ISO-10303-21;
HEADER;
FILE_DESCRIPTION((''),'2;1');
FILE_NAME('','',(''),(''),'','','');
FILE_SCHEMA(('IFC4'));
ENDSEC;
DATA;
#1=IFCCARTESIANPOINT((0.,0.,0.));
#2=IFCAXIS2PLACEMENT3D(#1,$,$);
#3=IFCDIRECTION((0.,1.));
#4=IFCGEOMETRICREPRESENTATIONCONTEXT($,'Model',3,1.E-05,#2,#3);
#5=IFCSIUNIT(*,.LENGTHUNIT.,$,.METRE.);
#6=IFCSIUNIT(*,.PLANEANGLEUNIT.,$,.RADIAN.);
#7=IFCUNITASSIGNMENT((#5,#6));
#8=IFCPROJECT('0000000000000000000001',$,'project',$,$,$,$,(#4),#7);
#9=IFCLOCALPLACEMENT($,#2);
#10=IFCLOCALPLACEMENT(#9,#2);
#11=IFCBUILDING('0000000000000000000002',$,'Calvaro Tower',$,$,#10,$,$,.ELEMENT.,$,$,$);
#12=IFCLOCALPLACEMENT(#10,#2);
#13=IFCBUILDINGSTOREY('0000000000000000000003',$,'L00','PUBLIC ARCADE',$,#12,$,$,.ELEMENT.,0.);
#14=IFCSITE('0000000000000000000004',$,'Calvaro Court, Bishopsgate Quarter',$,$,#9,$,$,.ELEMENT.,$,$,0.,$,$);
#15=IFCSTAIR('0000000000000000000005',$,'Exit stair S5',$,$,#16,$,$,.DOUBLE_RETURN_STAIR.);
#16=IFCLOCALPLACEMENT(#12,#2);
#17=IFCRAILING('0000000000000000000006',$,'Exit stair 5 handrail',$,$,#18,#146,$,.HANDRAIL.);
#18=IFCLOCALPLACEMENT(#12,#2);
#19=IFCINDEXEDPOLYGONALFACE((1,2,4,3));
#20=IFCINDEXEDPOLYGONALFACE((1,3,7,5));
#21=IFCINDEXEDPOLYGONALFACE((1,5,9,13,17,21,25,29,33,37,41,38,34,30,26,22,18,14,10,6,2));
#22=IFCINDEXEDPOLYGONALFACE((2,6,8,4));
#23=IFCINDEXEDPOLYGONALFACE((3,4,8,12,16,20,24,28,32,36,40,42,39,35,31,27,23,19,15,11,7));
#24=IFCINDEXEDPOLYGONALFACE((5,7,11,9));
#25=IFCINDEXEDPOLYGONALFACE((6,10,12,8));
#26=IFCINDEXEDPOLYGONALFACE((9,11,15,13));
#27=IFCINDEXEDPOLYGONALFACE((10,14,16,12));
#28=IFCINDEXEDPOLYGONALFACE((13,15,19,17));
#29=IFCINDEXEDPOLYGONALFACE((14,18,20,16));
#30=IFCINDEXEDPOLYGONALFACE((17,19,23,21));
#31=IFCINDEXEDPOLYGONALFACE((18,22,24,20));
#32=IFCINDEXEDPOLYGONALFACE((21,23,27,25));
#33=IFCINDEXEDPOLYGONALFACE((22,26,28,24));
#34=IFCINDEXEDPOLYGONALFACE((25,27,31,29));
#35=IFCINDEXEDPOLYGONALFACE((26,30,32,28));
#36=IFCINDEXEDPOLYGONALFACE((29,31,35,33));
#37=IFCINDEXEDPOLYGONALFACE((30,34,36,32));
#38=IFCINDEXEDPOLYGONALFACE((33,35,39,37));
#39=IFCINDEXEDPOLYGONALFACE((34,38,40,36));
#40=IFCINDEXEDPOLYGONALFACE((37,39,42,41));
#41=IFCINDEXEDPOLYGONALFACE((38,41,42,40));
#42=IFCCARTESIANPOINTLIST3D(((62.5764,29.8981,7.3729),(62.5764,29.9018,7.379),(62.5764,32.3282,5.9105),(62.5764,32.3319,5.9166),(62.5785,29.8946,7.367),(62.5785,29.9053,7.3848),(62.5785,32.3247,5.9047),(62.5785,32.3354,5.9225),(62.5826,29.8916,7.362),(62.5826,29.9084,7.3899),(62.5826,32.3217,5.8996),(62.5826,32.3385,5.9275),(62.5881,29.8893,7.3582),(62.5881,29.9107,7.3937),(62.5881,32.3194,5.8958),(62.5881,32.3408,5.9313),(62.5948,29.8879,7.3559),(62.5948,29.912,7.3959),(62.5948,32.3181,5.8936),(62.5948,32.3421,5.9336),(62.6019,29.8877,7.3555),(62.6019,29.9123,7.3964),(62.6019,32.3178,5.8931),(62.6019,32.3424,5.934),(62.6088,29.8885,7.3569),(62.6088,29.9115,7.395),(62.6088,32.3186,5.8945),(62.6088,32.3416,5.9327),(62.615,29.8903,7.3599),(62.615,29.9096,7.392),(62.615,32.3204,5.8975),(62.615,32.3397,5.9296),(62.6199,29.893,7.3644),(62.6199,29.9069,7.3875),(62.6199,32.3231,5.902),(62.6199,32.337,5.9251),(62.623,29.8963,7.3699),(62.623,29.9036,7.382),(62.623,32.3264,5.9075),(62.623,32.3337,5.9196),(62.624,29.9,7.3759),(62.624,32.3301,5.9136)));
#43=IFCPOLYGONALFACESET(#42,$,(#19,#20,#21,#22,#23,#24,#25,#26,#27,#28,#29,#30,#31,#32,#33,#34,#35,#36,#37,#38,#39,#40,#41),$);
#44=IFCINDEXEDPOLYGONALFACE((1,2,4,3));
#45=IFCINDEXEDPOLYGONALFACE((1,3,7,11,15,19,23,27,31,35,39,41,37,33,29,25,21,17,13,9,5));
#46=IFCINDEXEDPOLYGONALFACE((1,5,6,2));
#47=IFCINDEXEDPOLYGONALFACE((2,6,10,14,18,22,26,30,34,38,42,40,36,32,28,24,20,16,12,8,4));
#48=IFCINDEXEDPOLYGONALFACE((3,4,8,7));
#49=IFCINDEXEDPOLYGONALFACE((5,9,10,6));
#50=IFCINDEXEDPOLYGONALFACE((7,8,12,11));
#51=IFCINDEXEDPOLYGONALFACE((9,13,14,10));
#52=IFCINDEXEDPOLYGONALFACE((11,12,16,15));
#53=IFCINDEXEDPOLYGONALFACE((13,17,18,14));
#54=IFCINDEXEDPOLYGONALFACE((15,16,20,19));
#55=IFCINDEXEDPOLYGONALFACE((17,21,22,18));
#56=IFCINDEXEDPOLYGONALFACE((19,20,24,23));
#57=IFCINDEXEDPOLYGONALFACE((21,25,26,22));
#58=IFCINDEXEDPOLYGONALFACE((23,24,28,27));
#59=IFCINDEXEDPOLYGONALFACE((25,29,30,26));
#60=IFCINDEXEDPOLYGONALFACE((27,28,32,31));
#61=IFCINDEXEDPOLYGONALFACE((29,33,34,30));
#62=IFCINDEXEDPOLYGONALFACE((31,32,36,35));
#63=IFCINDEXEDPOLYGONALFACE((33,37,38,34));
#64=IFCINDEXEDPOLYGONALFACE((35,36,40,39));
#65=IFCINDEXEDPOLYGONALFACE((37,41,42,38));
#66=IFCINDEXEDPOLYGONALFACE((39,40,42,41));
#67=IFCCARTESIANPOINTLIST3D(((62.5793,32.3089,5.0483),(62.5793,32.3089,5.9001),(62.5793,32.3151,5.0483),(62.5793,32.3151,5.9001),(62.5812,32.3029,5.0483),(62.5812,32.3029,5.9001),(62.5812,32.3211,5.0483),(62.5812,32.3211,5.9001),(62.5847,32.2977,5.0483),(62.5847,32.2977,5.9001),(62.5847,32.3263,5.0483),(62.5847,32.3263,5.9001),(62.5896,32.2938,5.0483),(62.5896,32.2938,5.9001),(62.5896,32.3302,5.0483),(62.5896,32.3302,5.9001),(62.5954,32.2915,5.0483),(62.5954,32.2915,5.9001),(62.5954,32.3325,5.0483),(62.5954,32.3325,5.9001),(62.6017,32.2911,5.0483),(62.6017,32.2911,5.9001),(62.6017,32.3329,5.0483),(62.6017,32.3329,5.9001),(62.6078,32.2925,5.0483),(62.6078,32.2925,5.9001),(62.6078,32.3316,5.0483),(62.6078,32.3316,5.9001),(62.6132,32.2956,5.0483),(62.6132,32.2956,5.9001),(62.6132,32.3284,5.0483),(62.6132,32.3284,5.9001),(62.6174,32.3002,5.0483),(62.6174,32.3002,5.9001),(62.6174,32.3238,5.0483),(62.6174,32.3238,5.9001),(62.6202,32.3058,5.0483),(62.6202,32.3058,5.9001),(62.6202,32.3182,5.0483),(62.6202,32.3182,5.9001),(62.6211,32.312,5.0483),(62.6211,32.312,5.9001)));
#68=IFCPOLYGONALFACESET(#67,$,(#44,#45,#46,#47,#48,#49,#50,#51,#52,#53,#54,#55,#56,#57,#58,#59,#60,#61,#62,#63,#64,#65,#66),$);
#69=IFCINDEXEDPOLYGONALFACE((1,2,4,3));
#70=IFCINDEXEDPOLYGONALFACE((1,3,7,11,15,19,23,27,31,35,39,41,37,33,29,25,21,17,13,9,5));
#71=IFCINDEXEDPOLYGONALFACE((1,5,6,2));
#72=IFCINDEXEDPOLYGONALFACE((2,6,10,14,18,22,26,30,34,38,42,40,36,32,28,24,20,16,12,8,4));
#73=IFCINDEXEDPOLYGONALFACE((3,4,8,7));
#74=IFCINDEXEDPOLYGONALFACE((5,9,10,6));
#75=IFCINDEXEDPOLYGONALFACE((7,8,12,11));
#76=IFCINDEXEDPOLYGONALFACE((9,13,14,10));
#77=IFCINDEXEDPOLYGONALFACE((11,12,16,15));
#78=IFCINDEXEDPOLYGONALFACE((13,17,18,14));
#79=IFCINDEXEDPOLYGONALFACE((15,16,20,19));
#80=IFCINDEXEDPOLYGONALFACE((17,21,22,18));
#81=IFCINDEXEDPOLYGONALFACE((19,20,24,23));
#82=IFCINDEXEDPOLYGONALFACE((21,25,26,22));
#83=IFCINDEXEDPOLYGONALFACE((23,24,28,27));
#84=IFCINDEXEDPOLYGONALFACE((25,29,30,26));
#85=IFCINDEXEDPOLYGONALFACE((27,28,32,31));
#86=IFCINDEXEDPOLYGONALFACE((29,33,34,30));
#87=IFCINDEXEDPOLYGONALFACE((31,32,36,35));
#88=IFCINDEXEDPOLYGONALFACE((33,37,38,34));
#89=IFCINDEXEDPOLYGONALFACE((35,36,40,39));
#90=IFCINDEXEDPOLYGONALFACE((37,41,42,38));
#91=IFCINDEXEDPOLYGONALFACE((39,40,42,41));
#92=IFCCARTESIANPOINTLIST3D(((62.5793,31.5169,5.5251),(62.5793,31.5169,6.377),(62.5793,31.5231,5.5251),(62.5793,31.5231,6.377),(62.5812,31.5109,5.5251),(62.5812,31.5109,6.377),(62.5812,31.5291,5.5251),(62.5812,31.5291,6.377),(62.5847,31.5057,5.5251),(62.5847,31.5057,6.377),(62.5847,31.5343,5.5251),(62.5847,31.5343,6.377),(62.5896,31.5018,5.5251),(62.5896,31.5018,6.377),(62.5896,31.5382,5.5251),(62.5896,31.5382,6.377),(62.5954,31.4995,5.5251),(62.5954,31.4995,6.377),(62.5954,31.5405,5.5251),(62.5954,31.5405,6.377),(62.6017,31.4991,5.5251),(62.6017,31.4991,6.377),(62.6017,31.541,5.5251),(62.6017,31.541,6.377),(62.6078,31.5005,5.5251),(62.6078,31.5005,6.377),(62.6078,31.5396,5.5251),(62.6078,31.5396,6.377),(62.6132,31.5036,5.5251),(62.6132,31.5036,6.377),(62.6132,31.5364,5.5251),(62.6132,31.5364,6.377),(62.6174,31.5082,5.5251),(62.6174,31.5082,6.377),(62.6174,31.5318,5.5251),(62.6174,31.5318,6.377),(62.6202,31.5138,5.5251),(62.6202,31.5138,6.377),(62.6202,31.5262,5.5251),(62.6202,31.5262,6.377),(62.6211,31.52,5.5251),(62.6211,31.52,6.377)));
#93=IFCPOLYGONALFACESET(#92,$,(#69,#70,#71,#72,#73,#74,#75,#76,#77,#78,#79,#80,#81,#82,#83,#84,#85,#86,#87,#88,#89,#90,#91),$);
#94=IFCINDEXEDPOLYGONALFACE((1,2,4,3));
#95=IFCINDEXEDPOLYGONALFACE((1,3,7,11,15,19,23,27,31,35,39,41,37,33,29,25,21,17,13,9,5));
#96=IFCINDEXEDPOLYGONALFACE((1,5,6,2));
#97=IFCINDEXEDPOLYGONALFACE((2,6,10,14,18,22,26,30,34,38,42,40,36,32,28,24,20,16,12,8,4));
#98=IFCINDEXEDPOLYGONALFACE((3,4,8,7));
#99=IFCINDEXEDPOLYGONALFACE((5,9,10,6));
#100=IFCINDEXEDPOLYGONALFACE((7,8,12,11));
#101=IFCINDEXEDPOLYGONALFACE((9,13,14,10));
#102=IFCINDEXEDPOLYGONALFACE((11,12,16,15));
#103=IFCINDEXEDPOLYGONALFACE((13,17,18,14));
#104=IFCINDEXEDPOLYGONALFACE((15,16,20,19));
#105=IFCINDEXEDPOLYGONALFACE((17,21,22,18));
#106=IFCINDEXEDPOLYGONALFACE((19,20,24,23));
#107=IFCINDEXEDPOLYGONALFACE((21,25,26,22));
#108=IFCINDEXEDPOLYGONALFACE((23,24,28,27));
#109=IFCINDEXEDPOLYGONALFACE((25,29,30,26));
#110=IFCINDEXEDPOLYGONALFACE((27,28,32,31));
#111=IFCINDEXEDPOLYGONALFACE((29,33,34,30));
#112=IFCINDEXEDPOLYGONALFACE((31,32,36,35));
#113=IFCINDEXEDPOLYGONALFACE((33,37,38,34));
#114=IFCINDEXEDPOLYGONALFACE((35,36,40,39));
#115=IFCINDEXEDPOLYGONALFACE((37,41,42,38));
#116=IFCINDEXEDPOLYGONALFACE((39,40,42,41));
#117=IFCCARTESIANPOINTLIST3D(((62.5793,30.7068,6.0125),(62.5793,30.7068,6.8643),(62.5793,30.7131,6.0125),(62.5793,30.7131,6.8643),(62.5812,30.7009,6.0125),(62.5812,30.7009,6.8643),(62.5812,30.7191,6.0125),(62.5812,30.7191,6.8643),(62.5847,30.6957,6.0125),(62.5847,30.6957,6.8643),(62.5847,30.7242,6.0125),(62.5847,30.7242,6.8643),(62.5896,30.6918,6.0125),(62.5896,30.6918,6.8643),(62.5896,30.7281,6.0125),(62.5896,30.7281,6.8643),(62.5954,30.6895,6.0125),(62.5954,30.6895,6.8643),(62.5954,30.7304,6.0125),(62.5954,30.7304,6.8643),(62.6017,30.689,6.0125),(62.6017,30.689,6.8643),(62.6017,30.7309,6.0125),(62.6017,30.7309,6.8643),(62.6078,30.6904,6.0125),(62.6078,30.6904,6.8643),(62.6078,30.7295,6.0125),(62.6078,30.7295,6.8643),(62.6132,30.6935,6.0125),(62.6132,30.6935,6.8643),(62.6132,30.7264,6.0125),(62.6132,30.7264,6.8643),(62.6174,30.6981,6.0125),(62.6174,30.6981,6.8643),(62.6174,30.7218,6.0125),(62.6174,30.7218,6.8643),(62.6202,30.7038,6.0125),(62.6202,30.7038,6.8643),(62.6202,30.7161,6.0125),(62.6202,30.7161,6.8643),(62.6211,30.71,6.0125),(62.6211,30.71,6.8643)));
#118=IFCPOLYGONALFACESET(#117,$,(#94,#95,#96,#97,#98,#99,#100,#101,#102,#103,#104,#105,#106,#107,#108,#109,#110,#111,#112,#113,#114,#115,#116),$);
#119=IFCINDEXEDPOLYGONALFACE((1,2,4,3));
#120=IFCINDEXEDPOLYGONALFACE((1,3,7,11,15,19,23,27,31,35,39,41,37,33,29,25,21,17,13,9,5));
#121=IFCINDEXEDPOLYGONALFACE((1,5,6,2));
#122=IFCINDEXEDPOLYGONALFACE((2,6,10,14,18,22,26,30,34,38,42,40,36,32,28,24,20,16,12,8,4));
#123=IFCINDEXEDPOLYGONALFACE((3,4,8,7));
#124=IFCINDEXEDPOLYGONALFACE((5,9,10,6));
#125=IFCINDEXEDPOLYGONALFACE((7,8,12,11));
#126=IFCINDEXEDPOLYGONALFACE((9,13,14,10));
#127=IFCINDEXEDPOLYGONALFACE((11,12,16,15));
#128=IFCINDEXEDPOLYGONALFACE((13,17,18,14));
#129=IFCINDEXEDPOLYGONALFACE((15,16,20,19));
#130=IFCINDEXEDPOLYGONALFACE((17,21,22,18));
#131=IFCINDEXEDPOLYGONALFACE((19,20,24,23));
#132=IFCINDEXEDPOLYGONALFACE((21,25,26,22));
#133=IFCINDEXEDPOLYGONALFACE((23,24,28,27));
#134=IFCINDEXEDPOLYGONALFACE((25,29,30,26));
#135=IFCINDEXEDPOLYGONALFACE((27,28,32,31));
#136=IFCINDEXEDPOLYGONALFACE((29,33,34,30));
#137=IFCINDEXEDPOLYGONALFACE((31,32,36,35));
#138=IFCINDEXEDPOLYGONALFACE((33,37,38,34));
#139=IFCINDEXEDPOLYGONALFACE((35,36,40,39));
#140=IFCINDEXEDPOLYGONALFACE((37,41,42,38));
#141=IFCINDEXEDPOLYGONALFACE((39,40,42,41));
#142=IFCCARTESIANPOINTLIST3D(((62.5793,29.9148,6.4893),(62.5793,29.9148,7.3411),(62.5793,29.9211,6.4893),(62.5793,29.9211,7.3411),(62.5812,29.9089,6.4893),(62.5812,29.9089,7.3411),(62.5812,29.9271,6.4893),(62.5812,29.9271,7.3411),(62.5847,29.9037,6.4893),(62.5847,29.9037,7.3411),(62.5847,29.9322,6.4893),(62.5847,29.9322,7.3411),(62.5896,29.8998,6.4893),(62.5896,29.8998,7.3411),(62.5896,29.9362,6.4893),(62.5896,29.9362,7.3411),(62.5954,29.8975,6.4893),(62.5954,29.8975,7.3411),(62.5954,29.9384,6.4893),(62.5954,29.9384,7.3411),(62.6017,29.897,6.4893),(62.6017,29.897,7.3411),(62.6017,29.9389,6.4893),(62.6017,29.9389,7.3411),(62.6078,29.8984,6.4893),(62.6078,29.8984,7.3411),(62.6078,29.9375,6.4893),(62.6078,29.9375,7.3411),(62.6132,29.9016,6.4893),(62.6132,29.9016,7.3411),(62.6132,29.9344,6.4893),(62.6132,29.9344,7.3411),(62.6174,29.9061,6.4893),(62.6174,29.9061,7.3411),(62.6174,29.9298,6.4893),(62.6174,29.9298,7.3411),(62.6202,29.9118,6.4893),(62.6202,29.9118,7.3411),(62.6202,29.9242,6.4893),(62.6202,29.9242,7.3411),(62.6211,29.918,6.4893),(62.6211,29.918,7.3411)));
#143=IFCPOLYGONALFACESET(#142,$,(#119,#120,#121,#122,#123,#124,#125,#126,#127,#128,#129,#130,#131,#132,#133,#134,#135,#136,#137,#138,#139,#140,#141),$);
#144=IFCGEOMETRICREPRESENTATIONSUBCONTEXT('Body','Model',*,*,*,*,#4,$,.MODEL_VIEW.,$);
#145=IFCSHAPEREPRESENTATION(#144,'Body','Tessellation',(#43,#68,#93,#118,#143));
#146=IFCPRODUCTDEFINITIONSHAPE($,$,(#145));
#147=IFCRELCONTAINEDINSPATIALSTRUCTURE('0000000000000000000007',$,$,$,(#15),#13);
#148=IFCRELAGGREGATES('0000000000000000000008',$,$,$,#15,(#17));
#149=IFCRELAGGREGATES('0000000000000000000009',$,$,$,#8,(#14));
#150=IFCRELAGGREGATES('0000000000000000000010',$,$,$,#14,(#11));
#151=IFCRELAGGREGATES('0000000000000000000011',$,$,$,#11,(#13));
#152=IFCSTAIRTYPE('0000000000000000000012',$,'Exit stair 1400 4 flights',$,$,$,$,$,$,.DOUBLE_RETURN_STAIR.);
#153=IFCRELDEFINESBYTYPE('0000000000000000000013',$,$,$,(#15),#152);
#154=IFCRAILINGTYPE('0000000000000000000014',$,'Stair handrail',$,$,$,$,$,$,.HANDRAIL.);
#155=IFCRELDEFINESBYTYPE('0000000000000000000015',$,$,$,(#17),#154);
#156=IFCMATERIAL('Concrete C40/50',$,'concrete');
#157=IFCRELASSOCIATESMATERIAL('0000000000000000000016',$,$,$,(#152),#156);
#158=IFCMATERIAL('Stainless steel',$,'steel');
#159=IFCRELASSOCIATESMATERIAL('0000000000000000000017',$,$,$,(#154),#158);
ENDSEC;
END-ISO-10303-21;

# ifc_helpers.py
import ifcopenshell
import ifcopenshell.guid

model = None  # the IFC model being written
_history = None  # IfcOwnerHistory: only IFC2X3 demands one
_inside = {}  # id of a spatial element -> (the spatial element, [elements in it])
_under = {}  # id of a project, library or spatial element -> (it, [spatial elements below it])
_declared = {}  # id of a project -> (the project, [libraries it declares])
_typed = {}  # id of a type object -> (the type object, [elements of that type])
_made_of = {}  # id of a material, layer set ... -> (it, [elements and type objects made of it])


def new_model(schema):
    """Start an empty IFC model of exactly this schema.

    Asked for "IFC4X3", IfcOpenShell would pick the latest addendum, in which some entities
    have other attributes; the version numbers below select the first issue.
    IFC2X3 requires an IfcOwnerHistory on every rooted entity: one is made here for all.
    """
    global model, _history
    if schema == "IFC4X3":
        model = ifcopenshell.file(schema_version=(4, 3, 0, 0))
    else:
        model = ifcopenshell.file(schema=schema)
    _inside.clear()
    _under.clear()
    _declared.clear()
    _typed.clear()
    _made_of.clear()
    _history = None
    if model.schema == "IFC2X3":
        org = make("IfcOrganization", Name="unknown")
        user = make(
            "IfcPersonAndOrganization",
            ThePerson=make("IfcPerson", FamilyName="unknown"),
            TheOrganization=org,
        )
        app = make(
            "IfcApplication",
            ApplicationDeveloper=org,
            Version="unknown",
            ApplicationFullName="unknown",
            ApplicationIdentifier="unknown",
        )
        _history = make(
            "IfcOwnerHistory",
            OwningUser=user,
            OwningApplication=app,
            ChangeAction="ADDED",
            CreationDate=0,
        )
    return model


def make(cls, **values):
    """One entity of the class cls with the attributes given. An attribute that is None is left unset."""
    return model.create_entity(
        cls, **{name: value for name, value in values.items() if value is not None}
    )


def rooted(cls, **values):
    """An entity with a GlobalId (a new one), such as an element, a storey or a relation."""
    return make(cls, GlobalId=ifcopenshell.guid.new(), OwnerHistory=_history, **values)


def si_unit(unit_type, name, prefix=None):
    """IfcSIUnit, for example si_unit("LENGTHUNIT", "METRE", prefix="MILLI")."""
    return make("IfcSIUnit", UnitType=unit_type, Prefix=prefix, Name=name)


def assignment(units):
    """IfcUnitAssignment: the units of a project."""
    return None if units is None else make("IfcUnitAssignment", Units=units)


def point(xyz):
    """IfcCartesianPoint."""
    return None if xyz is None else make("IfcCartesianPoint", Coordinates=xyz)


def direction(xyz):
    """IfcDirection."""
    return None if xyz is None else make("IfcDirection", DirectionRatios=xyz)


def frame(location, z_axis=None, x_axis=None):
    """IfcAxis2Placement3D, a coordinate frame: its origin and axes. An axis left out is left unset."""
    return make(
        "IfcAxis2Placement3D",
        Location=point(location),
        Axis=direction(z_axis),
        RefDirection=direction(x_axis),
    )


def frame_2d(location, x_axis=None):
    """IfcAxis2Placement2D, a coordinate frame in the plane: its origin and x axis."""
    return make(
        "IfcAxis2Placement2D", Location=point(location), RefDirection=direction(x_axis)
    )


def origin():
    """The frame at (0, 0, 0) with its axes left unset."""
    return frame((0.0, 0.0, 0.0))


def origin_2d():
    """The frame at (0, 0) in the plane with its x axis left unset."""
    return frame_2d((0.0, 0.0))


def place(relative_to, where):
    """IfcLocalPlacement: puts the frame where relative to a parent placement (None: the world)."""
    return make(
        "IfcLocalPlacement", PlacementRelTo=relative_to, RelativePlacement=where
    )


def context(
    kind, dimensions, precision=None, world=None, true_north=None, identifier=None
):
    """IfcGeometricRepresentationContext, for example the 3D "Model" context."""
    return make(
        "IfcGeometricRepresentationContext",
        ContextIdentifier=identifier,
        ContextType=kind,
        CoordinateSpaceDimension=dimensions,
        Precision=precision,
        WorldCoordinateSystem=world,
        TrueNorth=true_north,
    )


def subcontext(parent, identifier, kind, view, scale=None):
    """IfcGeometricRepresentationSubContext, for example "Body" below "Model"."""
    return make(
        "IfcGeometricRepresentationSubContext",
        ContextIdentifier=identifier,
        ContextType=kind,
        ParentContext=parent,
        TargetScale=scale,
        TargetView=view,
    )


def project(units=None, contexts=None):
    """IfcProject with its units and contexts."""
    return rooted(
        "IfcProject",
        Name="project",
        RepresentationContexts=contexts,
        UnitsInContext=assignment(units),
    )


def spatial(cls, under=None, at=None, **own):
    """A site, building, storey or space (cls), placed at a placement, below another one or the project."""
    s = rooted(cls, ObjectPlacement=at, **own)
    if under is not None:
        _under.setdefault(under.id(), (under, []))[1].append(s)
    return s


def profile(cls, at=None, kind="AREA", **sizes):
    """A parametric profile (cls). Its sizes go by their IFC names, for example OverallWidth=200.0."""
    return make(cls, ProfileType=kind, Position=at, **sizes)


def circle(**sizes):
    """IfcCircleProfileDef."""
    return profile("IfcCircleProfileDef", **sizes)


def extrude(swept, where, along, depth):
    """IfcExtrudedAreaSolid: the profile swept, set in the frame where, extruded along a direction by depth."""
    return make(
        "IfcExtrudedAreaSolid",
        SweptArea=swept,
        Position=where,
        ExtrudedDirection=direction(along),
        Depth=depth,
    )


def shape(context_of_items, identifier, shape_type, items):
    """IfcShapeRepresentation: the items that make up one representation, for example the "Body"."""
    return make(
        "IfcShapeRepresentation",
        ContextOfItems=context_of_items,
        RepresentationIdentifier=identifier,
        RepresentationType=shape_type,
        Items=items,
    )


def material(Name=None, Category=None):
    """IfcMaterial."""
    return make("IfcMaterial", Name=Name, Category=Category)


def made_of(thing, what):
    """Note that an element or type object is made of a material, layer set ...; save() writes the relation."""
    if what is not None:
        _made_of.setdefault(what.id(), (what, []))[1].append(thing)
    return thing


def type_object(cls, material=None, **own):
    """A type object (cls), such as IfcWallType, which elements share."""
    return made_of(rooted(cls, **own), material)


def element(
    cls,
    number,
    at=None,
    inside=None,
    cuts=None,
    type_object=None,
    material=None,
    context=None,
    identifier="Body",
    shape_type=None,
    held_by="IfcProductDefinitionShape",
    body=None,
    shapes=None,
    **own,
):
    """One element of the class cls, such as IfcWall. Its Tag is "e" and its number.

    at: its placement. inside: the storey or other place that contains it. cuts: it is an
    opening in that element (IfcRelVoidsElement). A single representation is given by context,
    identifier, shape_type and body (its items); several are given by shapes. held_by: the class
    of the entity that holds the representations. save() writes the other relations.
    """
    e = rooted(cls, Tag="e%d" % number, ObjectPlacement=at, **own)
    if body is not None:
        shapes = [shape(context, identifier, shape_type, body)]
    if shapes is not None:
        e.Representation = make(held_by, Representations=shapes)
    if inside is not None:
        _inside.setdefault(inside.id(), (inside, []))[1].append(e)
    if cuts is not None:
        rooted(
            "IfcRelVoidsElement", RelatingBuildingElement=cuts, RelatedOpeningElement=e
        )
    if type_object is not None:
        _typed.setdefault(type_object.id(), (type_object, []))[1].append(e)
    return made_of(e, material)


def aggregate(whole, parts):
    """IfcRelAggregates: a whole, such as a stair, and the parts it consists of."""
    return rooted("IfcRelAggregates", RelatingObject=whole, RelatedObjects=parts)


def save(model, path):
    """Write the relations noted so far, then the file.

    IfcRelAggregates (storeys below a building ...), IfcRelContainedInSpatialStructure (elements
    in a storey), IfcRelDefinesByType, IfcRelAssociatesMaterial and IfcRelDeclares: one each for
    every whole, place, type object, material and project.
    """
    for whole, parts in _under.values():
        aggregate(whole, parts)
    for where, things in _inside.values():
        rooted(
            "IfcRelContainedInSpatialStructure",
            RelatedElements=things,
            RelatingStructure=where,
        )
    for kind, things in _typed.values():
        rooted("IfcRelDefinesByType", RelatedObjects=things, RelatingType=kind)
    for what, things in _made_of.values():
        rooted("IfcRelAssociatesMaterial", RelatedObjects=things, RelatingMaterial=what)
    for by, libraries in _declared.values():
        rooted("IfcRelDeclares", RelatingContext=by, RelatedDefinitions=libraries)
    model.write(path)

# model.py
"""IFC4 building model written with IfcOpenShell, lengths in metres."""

from ifc_helpers import new_model, si_unit, direction, frame, origin, origin_2d, place, context, subcontext, project, spatial, circle, extrude, material, type_object, element, aggregate, save


model = new_model("IFC4")

# Units and contexts
model_context = context("Model", 3, precision=1e-05, world=origin(), true_north=direction((0.0, 1.0)))
body_context = subcontext(model_context, "Body", "Model", "MODEL_VIEW")
ifc_project = project(units=[si_unit("LENGTHUNIT", "METRE"), si_unit("PLANEANGLEUNIT", "RADIAN")], contexts=[model_context])

# Site, building, storey
site_placement = place(None, origin())
site = spatial("IfcSite", under=ifc_project, at=site_placement, Name="Calvaro Court, Bishopsgate Quarter", CompositionType="ELEMENT", RefElevation=0.0)
building_placement = place(site_placement, origin())
building = spatial("IfcBuilding", under=site, at=building_placement, Name="Calvaro Tower", CompositionType="ELEMENT")
storey_placement = place(building_placement, origin())
storey = spatial("IfcBuildingStorey", under=building, at=storey_placement, Name="L00", Description="PUBLIC ARCADE", CompositionType="ELEMENT", Elevation=0.0)

# Stair, railing
ifc_material_1 = material(Name="Concrete C40/50", Category="concrete")
stair_type = type_object("IfcStairType", Name="Exit stair 1400 4 flights", PredefinedType="DOUBLE_RETURN_STAIR", material=ifc_material_1)
stair_placement = place(storey_placement, origin())
stair = element("IfcStair", 1, at=stair_placement, inside=storey, type_object=stair_type, Name="Exit stair S5", PredefinedType="DOUBLE_RETURN_STAIR")
ifc_material_2 = material(Name="Stainless steel", Category="steel")
railing_type = type_object("IfcRailingType", Name="Stair handrail", PredefinedType="HANDRAIL", material=ifc_material_2)
railing_1_placement = place(storey_placement, frame((62.6001, 32.3301, 5.0376)))
railing_1 = element("IfcRailing", 2, at=railing_1_placement, type_object=railing_type, Name="Exit stair 5 handrail", PredefinedType="HANDRAIL", context=body_context, shape_type="SweptSolid", body=[
    extrude(circle(Radius=0.0239, at=origin_2d()), frame((0.0, 0.0, 0.876), z_axis=(0.0, -0.856824, 0.515609), x_axis=(1.0, 0.0, 0.0)), (0.0, 0.0, 1.0), 2.8362),
    extrude(circle(Radius=0.021, at=origin_2d()), frame((0.0, -0.0181, 0.0107)), (0.0, 0.0, 1.0), 0.8518),
    extrude(circle(Radius=0.021, at=origin_2d()), frame((0.0, -0.8101, 0.4875)), (0.0, 0.0, 1.0), 0.8518),
    extrude(circle(Radius=0.021, at=origin_2d()), frame((0.0, -1.6201, 0.9749)), (0.0, 0.0, 1.0), 0.8518),
    extrude(circle(Radius=0.021, at=origin_2d()), frame((0.0, -2.4121, 1.4517)), (0.0, 0.0, 1.0), 0.8518),
])
aggregate(stair, [railing_1])

save(model, "model.ifc")
